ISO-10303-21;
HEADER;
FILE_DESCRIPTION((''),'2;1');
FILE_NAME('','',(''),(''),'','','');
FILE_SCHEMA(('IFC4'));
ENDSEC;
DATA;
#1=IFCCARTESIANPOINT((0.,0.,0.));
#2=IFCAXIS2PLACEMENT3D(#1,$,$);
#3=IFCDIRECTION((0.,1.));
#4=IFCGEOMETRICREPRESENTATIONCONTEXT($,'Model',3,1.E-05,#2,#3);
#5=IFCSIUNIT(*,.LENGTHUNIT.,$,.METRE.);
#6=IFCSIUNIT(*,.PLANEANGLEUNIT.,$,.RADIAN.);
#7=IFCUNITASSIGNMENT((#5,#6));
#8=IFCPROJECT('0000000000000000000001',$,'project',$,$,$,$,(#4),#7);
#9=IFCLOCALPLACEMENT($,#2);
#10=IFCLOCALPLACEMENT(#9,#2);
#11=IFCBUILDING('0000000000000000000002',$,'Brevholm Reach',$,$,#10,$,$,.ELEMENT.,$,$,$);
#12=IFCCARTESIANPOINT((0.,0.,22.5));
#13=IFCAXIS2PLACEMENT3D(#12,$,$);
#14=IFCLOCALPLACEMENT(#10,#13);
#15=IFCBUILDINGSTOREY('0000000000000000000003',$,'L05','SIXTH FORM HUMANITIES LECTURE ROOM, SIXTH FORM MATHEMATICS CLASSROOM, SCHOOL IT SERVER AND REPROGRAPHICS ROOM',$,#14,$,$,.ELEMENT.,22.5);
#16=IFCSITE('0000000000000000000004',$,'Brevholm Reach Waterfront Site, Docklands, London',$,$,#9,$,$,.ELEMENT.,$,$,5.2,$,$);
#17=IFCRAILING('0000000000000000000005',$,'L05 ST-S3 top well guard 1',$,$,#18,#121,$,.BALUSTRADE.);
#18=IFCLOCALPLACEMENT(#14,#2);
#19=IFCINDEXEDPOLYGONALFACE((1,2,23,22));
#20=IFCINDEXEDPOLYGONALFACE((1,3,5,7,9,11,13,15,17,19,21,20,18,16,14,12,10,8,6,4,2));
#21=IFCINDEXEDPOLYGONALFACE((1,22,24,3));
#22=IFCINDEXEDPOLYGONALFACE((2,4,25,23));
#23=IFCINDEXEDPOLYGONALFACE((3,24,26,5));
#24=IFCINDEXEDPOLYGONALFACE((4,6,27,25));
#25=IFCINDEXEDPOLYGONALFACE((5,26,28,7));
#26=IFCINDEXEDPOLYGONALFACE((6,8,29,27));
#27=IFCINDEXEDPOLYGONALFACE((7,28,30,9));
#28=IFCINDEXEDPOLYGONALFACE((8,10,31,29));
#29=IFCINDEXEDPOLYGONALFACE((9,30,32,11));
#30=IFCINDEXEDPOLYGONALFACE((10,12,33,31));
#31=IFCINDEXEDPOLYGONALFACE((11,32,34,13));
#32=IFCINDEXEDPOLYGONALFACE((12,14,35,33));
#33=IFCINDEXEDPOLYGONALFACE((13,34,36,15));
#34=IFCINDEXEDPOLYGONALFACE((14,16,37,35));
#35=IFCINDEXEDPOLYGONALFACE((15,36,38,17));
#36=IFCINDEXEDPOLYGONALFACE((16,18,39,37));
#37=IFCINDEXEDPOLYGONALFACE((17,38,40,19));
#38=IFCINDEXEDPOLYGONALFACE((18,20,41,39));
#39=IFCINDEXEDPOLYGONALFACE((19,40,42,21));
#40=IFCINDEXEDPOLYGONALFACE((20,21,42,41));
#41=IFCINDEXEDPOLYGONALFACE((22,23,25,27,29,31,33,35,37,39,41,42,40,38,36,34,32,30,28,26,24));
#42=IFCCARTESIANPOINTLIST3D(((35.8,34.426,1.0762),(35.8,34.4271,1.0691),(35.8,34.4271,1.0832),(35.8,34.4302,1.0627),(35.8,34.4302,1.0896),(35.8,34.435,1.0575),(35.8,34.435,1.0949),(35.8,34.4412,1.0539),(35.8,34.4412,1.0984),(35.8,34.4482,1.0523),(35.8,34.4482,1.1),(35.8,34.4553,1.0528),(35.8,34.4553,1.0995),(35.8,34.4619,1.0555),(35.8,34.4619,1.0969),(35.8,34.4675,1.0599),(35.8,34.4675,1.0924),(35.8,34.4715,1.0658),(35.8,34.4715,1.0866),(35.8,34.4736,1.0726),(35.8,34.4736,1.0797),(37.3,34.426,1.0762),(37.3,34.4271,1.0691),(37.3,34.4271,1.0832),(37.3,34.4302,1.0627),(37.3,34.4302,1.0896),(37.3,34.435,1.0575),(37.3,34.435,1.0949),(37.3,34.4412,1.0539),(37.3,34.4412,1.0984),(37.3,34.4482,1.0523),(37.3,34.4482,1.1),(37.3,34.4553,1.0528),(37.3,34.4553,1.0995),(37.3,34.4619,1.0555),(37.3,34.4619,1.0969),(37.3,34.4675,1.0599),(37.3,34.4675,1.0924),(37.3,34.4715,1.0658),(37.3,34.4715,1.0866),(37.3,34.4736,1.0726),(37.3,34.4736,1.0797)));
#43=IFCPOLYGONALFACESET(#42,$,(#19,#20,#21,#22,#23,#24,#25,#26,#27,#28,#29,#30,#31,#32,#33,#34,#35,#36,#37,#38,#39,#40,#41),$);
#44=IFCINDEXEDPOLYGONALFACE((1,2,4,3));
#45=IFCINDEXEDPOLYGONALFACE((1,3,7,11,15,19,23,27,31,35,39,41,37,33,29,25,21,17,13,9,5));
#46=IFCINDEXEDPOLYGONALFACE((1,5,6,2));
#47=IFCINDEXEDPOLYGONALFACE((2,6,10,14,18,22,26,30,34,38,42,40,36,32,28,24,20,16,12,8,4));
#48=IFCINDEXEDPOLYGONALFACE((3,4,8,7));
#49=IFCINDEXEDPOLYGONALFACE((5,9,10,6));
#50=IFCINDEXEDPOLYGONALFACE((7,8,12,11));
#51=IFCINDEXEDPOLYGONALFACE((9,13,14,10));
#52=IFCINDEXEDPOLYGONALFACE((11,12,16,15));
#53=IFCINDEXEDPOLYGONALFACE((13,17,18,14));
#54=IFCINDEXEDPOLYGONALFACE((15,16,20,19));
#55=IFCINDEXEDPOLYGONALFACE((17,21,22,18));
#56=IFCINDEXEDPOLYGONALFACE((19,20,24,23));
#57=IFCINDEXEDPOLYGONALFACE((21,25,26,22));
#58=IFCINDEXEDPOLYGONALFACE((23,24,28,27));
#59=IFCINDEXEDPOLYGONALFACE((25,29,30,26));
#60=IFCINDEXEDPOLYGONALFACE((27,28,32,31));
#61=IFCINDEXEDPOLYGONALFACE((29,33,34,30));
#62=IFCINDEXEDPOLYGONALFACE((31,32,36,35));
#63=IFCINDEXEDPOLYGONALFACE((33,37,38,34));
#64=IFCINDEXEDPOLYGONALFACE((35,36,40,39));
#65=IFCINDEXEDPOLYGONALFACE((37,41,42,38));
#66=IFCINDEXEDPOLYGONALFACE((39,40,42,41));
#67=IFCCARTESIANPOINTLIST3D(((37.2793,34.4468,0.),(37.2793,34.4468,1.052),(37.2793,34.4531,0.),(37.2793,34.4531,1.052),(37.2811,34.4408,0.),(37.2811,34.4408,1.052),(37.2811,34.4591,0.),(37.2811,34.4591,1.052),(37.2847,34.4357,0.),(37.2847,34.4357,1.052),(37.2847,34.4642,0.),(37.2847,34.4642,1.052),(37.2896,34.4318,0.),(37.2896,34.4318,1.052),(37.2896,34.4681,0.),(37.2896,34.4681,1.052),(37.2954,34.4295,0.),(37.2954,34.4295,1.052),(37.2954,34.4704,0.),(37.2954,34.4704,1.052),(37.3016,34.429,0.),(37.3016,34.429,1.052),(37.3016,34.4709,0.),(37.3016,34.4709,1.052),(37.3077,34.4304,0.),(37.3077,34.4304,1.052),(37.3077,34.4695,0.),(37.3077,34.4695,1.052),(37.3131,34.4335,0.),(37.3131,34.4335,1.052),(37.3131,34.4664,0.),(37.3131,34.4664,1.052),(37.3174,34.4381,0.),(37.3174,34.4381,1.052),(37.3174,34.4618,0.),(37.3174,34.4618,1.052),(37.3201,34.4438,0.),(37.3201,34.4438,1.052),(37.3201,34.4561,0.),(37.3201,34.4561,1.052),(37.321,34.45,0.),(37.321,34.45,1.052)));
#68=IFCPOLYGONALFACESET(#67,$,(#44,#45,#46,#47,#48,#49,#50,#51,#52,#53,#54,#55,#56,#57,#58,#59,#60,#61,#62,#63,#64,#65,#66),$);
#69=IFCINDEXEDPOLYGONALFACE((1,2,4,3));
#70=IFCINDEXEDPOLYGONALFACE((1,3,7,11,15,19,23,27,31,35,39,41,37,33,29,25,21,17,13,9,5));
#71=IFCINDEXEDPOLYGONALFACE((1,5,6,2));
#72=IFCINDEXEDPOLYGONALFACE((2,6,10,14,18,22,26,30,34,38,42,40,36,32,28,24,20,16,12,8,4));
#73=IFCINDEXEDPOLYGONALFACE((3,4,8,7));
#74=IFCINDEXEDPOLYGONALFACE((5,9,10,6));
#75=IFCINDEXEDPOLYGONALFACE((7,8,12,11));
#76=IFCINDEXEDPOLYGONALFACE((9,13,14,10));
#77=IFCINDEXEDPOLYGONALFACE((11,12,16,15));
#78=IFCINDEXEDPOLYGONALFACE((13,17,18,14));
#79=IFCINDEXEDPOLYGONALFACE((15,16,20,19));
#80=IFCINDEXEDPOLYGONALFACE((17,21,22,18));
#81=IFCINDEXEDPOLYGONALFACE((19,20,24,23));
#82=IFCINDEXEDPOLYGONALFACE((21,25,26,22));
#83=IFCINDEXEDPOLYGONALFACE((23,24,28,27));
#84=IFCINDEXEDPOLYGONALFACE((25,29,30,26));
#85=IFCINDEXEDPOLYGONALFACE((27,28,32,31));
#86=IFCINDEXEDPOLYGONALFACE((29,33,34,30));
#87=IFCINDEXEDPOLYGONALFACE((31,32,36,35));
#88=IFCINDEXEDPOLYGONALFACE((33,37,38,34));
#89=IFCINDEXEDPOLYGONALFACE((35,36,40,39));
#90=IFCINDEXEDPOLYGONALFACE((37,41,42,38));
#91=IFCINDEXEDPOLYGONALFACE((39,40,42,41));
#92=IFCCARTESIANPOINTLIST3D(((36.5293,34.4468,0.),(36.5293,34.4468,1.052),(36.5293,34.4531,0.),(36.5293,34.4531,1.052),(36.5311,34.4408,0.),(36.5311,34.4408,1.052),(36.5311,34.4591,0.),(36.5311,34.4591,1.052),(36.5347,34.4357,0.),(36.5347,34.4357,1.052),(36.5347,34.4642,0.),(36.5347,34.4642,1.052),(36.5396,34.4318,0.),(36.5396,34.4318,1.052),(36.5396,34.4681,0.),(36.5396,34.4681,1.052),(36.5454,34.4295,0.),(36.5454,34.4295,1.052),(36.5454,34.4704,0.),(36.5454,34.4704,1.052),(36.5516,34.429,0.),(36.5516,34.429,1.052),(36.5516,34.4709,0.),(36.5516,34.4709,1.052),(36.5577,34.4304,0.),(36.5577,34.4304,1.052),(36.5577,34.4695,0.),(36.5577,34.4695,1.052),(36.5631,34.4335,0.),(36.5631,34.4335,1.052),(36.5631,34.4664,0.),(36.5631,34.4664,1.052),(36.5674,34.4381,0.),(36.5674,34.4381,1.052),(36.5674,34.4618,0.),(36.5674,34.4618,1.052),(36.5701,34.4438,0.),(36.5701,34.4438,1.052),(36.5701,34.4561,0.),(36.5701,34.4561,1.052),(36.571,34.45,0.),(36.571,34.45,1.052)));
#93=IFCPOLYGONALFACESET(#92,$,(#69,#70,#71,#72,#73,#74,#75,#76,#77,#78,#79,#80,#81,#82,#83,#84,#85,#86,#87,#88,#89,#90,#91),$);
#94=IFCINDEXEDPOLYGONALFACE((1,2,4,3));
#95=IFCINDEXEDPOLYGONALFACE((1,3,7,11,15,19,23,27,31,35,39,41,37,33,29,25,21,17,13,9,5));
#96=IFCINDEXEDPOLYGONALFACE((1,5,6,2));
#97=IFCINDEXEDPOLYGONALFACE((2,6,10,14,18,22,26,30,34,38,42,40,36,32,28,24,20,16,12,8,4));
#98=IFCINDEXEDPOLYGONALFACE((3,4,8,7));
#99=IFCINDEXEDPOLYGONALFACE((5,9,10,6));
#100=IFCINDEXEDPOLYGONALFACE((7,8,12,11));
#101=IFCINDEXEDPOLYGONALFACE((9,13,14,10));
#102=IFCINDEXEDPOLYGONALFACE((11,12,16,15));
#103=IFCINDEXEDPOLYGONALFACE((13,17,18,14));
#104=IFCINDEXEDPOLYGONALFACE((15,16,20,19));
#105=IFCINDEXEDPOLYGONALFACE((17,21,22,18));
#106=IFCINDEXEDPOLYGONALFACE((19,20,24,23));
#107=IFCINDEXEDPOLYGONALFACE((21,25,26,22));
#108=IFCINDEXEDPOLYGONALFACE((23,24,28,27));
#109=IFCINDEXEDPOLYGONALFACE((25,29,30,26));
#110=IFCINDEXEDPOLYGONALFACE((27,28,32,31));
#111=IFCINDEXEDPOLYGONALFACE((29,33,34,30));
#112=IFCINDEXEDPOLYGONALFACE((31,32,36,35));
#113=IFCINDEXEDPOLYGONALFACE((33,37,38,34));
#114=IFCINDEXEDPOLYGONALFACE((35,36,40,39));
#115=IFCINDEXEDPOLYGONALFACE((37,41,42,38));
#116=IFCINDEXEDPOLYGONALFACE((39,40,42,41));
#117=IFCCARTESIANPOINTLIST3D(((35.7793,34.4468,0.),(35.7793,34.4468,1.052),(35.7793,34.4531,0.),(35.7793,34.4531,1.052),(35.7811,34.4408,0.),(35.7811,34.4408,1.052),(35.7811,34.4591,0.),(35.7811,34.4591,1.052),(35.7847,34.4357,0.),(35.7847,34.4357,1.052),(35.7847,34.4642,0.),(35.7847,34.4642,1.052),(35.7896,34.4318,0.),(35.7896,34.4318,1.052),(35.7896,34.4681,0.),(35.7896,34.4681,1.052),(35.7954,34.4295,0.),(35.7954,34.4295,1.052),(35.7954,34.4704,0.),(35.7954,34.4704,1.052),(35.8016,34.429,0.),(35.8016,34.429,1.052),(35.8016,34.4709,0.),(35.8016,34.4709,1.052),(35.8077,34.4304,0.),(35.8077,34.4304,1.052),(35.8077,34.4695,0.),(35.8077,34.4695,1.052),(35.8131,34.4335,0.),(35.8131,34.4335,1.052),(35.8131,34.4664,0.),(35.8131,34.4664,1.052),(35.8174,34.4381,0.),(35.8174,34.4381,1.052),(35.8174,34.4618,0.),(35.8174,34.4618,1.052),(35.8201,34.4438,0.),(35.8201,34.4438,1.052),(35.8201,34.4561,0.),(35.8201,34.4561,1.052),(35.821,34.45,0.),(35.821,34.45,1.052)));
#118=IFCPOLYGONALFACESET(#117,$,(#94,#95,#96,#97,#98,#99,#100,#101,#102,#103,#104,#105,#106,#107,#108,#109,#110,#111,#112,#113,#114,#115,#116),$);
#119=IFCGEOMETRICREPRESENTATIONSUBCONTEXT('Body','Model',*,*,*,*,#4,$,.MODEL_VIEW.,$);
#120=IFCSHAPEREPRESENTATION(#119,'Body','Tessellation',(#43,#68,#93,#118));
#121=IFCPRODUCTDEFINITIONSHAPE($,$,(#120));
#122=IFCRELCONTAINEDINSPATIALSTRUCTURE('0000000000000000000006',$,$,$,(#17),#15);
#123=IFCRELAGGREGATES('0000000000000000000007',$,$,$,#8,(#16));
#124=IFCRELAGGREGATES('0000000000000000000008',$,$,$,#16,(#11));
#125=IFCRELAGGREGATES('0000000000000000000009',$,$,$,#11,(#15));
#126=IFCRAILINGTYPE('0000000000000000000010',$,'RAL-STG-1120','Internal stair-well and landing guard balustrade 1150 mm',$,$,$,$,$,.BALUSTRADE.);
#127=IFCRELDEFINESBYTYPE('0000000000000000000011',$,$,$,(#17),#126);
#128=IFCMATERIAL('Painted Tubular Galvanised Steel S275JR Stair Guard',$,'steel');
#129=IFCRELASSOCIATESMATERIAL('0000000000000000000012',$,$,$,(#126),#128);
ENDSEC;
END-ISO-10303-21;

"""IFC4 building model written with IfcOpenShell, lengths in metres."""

from ifc_helpers import new_model, si_unit, direction, frame, origin, origin_2d, place, context, subcontext, project, spatial, circle, extrude, material, type_object, element, save


model = new_model("IFC4")

# Units and contexts
model_context = context("Model", 3, precision=1e-05, world=origin(), true_north=direction((0.0, 1.0)))
body_context = subcontext(model_context, "Body", "Model", "MODEL_VIEW")
ifc_project = project(units=[si_unit("LENGTHUNIT", "METRE"), si_unit("PLANEANGLEUNIT", "RADIAN")], contexts=[model_context])

# Site, building, storey
site_placement = place(None, origin())
site = spatial("IfcSite", under=ifc_project, at=site_placement, Name="Brevholm Reach Waterfront Site, Docklands, London", CompositionType="ELEMENT", RefElevation=5.2)
building_placement = place(site_placement, origin())
building = spatial("IfcBuilding", under=site, at=building_placement, Name="Brevholm Reach", CompositionType="ELEMENT")
storey_placement = place(building_placement, frame((0.0, 0.0, 22.5)))
storey = spatial("IfcBuildingStorey", under=building, at=storey_placement, Name="L05", Description="SIXTH FORM HUMANITIES LECTURE ROOM, SIXTH FORM MATHEMATICS CLASSROOM, SCHOOL IT SERVER AND REPROGRAPHICS ROOM", CompositionType="ELEMENT", Elevation=22.5)

# Railing
ifc_material_1 = material(Name="Painted Tubular Galvanised Steel S275JR Stair Guard", Category="steel")
railing_type = type_object("IfcRailingType", Name="RAL-STG-1120", Description="Internal stair-well and landing guard balustrade 1150 mm", PredefinedType="BALUSTRADE", material=ifc_material_1)
railing_placement = place(storey_placement, frame((37.3, 34.45, 0.0)))
element("IfcRailing", 1, at=railing_placement, inside=storey, type_object=railing_type, Name="L05 ST-S3 top well guard 1", PredefinedType="BALUSTRADE", context=body_context, shape_type="SweptSolid", body=[
    extrude(circle(Radius=0.0239, at=origin_2d()), frame((0.0, 0.0, 1.0762), z_axis=(-1.0, 0.0, 0.0), x_axis=(0.0, -1.0, 0.0)), (0.0, 0.0, 1.0), 1.5),
    extrude(circle(Radius=0.021, at=origin_2d()), origin(), (0.0, 0.0, 1.0), 1.052),
    extrude(circle(Radius=0.021, at=origin_2d()), frame((-0.75, 0.0, 0.0)), (0.0, 0.0, 1.0), 1.052),
    extrude(circle(Radius=0.021, at=origin_2d()), frame((-1.5, 0.0, 0.0)), (0.0, 0.0, 1.0), 1.052),
])

save(model, "model.ifc")
